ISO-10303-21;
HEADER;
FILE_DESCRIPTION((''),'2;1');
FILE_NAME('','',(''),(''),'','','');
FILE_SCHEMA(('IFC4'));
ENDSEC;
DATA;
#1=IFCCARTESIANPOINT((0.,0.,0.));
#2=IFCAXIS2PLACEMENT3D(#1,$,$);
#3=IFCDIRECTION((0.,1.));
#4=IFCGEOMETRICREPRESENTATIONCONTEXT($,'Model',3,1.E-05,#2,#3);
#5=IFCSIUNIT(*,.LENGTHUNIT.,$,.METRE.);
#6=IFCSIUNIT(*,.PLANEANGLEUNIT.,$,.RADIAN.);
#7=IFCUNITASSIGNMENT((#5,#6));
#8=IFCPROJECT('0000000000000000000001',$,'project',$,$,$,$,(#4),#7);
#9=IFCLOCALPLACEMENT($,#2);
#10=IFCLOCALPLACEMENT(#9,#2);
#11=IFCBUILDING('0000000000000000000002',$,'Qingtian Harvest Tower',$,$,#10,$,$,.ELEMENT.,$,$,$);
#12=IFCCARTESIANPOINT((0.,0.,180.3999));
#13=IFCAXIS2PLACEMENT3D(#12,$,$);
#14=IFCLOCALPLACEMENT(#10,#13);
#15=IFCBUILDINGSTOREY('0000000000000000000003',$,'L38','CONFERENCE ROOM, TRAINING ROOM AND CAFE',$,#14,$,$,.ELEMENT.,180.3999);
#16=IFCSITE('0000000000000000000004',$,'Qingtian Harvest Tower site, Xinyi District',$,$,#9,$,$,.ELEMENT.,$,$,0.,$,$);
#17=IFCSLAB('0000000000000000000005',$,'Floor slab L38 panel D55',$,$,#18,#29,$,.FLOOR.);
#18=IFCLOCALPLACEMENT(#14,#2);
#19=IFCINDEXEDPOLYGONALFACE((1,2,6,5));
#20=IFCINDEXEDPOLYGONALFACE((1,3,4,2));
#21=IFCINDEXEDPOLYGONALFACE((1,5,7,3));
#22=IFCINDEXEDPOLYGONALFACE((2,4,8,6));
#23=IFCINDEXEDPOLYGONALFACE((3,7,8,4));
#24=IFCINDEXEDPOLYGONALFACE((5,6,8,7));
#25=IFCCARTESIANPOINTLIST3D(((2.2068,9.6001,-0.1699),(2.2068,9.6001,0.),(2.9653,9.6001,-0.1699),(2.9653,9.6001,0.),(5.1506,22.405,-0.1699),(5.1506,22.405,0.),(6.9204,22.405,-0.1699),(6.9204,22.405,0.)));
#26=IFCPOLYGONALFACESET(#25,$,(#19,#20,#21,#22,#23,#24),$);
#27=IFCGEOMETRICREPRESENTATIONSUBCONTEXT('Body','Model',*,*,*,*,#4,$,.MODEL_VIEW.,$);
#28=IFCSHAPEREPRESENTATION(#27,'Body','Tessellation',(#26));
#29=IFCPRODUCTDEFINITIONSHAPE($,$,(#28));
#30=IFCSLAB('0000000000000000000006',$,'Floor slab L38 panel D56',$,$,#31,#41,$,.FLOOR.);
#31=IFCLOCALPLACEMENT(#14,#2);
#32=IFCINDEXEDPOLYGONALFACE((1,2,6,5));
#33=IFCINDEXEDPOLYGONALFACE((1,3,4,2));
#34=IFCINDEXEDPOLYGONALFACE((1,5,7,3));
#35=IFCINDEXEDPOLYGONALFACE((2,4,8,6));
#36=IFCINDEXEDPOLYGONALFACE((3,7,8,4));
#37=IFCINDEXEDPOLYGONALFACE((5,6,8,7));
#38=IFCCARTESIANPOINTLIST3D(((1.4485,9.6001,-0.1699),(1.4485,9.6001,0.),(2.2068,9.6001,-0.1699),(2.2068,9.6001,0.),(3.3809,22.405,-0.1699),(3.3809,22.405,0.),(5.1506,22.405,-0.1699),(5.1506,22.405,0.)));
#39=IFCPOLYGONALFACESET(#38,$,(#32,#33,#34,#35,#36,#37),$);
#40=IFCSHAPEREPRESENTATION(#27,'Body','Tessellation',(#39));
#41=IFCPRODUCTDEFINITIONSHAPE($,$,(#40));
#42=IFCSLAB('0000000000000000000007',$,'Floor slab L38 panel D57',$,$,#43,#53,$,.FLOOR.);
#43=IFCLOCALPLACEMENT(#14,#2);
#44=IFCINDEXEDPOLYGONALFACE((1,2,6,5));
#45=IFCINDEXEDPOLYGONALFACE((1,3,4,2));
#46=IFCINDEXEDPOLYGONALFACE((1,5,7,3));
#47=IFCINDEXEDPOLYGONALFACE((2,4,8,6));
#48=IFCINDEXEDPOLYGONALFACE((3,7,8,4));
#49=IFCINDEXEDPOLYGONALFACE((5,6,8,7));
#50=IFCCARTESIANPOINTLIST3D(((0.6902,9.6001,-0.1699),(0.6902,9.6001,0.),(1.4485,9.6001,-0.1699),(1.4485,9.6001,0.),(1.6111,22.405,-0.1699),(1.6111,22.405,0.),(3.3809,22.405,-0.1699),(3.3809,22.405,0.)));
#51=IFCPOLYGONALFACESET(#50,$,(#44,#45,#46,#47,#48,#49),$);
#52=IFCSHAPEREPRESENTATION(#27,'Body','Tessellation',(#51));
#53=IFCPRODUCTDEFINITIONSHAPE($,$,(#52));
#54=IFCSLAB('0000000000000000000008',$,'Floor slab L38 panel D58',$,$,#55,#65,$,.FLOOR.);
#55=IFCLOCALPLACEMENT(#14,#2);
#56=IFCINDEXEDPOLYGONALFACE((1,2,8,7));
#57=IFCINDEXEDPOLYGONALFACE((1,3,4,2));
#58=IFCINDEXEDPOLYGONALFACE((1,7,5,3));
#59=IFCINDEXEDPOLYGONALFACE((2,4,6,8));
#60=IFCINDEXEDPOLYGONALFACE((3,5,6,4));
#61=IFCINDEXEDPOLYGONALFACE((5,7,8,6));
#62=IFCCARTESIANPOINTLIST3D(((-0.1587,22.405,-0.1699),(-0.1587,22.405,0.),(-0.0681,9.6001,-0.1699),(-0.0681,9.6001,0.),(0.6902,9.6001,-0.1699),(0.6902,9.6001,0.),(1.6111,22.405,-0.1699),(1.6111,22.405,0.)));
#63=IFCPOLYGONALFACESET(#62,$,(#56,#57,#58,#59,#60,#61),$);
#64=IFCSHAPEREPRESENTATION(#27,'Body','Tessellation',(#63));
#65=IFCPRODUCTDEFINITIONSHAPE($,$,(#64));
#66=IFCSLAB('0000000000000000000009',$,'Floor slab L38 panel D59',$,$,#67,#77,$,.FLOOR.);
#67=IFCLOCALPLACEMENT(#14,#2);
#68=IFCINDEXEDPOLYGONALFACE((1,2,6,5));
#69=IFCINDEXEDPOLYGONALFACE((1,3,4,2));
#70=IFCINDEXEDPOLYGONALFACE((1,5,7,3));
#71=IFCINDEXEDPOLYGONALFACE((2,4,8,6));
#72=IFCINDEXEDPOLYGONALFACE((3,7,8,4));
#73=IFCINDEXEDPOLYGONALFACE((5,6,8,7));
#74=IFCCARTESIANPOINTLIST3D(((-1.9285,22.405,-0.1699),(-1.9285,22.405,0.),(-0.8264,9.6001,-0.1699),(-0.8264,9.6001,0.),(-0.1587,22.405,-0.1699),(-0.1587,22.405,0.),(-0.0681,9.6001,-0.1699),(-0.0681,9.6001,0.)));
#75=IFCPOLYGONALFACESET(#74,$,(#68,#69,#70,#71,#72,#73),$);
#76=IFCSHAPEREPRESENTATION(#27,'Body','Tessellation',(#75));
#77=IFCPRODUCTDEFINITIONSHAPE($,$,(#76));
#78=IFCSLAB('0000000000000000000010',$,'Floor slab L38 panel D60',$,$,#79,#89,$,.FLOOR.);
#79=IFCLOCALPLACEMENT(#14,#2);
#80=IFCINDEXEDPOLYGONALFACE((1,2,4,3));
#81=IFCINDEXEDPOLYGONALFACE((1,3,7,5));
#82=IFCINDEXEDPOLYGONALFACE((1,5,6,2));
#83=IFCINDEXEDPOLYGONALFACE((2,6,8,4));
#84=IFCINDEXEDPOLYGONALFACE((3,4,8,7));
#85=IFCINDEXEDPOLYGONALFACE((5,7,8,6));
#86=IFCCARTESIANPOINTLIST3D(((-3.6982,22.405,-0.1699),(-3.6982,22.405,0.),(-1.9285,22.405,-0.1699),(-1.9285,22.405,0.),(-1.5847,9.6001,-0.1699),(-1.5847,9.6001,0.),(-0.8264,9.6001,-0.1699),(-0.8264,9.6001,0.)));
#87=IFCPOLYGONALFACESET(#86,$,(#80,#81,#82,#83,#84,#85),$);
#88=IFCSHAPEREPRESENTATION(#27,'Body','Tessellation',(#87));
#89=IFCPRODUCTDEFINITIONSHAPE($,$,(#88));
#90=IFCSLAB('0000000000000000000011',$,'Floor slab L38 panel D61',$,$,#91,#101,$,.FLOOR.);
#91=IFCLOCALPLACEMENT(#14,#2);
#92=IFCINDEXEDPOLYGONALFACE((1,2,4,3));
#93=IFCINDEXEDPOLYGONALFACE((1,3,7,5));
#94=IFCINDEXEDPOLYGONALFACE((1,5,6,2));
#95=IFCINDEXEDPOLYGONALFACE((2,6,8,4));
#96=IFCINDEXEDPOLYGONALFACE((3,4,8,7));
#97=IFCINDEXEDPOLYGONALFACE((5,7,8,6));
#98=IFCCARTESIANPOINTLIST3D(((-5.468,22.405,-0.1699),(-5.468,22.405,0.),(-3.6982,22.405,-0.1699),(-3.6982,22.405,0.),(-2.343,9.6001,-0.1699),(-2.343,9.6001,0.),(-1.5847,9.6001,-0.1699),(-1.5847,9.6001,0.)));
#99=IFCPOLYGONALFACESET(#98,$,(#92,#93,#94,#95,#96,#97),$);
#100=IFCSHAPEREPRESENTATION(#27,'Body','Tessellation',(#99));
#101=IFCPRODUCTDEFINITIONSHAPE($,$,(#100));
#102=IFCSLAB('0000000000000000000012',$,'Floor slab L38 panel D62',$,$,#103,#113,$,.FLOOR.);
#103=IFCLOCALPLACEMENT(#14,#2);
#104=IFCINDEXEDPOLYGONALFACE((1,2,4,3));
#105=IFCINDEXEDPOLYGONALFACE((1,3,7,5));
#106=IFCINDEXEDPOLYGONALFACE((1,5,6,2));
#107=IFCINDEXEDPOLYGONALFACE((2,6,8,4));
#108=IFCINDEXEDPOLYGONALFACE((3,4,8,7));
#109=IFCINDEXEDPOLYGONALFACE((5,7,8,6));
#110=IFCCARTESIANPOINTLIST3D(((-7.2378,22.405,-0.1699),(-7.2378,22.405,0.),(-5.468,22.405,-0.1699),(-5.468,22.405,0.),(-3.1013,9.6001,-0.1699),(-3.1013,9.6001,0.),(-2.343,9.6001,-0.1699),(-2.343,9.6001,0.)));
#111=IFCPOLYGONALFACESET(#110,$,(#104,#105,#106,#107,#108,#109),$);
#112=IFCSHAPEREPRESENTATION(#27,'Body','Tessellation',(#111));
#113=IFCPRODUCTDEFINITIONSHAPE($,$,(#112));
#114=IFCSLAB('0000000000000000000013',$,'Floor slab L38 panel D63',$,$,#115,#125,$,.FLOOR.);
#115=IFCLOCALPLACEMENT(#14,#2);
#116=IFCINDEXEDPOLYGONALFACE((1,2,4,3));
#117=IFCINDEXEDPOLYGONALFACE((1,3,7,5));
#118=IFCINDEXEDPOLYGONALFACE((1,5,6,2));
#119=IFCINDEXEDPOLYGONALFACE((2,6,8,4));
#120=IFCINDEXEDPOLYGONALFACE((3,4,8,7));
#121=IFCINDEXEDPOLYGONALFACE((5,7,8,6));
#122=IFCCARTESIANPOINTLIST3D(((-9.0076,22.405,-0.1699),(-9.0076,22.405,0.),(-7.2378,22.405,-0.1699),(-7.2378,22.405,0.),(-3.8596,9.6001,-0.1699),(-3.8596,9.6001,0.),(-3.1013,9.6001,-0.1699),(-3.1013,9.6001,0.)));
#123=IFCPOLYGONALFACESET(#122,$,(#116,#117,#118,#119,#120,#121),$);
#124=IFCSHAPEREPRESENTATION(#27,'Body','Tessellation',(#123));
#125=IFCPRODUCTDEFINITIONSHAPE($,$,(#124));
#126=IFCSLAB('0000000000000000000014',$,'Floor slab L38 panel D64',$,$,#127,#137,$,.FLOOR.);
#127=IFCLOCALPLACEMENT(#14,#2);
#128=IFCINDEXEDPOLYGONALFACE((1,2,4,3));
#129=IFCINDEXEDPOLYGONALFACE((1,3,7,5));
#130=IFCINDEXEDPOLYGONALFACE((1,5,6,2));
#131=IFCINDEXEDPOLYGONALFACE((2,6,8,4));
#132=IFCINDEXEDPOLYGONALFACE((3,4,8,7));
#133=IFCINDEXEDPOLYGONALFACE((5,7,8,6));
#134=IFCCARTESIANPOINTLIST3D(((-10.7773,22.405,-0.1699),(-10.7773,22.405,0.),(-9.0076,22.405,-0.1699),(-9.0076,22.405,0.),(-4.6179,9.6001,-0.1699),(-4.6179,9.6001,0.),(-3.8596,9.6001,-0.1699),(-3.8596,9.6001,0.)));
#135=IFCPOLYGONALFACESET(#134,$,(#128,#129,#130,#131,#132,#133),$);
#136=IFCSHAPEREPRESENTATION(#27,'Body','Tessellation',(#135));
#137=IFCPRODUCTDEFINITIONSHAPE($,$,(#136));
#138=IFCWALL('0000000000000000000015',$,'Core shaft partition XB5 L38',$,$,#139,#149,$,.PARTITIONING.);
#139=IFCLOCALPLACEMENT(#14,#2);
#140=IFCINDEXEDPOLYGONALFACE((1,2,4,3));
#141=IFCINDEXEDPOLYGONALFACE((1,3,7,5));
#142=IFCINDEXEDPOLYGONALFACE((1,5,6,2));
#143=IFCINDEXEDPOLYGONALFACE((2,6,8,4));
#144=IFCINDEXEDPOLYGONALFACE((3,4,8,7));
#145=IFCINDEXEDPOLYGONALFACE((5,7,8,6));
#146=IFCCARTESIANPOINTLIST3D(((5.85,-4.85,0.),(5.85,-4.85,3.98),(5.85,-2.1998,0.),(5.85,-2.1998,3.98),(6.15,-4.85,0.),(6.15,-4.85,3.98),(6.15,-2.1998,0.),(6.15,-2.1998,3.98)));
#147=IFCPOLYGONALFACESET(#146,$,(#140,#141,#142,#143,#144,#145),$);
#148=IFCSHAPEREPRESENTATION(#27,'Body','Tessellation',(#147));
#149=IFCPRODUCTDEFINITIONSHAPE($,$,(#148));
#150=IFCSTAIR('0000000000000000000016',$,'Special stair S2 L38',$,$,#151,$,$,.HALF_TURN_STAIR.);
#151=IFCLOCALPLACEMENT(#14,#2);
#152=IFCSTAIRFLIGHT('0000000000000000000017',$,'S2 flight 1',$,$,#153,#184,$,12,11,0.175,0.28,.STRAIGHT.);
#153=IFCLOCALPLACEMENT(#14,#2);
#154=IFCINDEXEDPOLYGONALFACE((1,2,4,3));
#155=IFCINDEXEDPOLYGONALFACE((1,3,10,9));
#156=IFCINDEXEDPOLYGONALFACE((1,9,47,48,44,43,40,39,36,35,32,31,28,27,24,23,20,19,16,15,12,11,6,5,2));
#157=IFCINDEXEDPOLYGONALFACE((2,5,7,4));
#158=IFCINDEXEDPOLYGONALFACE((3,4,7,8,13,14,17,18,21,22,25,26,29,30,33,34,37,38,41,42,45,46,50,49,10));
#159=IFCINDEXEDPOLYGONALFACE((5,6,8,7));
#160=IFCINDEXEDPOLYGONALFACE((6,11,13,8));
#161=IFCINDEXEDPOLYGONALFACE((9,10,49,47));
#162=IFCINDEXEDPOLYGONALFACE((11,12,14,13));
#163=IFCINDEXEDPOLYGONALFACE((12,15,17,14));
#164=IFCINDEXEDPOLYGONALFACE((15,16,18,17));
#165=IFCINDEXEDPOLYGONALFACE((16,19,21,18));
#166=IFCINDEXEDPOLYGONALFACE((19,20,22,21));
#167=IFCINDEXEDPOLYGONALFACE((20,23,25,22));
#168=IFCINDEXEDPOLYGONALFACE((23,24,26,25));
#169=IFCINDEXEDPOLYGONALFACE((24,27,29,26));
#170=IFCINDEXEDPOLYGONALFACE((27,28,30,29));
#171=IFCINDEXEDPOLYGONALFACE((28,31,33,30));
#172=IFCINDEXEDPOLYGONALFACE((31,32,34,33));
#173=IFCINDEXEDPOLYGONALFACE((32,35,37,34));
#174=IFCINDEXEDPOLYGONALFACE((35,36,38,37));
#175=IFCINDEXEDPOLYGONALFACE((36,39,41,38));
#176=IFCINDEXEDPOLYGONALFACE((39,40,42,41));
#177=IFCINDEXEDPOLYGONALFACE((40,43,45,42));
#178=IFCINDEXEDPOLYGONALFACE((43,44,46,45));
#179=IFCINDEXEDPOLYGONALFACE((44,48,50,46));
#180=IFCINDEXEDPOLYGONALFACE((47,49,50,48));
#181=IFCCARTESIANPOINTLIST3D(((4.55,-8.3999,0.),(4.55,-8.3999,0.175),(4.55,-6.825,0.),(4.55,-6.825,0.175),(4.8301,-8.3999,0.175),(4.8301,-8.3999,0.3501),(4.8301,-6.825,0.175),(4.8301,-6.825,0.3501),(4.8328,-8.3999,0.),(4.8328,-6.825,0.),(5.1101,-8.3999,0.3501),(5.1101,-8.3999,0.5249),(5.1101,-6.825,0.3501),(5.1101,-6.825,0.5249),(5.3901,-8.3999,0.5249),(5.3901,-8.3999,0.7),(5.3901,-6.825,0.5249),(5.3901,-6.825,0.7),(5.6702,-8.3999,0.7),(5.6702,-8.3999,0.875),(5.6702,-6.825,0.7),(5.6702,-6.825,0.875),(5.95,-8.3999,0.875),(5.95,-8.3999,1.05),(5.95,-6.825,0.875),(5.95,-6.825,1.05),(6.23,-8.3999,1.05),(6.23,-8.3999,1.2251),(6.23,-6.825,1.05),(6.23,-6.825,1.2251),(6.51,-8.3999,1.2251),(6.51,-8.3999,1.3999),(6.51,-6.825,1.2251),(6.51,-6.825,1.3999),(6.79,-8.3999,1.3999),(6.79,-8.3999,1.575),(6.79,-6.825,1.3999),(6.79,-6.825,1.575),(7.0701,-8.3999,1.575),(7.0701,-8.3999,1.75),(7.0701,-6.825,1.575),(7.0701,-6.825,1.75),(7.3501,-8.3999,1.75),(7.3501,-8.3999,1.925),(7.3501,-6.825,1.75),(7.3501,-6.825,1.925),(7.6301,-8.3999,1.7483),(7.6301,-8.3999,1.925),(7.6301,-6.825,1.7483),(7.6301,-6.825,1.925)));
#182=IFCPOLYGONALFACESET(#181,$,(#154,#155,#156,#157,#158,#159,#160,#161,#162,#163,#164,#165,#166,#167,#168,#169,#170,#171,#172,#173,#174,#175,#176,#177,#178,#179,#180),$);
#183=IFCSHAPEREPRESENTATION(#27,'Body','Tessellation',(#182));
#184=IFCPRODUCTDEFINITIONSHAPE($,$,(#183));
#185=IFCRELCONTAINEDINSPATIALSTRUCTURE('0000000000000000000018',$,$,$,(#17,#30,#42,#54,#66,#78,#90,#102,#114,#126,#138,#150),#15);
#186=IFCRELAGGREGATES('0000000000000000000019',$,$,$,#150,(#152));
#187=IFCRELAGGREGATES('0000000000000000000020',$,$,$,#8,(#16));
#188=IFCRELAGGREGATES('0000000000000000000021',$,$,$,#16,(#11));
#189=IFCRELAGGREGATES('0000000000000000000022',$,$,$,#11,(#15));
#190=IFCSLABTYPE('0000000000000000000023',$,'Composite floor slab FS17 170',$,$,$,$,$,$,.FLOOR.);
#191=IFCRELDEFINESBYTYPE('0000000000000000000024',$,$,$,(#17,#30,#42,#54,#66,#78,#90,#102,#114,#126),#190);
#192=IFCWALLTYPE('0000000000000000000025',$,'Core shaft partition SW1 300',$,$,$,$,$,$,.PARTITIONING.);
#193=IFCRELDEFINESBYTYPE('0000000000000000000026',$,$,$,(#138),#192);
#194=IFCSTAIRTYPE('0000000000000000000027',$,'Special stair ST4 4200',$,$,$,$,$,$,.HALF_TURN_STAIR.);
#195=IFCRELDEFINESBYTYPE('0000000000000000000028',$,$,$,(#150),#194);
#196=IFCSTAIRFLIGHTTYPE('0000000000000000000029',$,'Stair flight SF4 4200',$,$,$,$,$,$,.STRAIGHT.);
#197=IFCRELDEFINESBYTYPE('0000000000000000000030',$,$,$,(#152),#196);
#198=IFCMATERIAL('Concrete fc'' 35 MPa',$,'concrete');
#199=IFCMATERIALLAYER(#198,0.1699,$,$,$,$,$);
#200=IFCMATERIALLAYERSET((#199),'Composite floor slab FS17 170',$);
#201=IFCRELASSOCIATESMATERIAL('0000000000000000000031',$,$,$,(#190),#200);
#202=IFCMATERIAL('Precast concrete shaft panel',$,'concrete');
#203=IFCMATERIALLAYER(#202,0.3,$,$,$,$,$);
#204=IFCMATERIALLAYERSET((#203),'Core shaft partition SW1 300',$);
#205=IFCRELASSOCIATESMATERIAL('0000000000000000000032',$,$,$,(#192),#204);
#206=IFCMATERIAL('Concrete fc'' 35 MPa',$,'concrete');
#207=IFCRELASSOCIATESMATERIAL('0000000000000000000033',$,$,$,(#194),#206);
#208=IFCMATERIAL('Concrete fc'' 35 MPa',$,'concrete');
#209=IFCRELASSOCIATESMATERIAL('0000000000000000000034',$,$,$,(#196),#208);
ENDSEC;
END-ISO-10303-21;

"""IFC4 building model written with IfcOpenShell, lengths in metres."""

from ifc_helpers import new_model, si_unit, direction, frame, frame_2d, origin, place, context, subcontext, project, spatial, polyline, rectangle, outline, extrude, material, layer, layer_set, type_object, element, aggregate, save


model = new_model("IFC4")

# Units and contexts
model_context = context("Model", 3, precision=1e-05, world=origin(), true_north=direction((0.0, 1.0)))
body_context = subcontext(model_context, "Body", "Model", "MODEL_VIEW")
ifc_project = project(units=[si_unit("LENGTHUNIT", "METRE"), si_unit("PLANEANGLEUNIT", "RADIAN")], contexts=[model_context])

# Site, building, storey
site_placement = place(None, origin())
site = spatial("IfcSite", under=ifc_project, at=site_placement, Name="Qingtian Harvest Tower site, Xinyi District", CompositionType="ELEMENT", RefElevation=0.0)
building_placement = place(site_placement, origin())
building = spatial("IfcBuilding", under=site, at=building_placement, Name="Qingtian Harvest Tower", CompositionType="ELEMENT")
storey_placement = place(building_placement, frame((0.0, 0.0, 180.3999)))
storey = spatial("IfcBuildingStorey", under=building, at=storey_placement, Name="L38", Description="CONFERENCE ROOM, TRAINING ROOM AND CAFE", CompositionType="ELEMENT", Elevation=180.3999)

# Slabs
ifc_material_1 = material(Name="Concrete fc' 35 MPa", Category="concrete")
ifc_layer_1 = layer(ifc_material_1, 0.1699)
ifc_layer_set_1 = layer_set([ifc_layer_1], Name="Composite floor slab FS17 170")
slab_type = type_object("IfcSlabType", Name="Composite floor slab FS17 170", PredefinedType="FLOOR", material=ifc_layer_set_1)
slab_1_placement = place(storey_placement, frame((0.0, 0.0, -0.1699)))
element("IfcSlab", 1, at=slab_1_placement, inside=storey, type_object=slab_type, Name="Floor slab L38 panel D55", PredefinedType="FLOOR", context=body_context, shape_type="SweptSolid", body=[
    extrude(outline(polyline([(2.2068, 9.6001), (5.1506, 22.405), (6.9204, 22.405), (2.9653, 9.6001), (2.2068, 9.6001)])), origin(), (0.0, 0.0, 1.0), 0.1699),
])
slab_2_placement = place(storey_placement, frame((0.0, 0.0, -0.1699)))
element("IfcSlab", 2, at=slab_2_placement, inside=storey, type_object=slab_type, Name="Floor slab L38 panel D56", PredefinedType="FLOOR", context=body_context, shape_type="SweptSolid", body=[
    extrude(outline(polyline([(1.4485, 9.6001), (3.3809, 22.405), (5.1506, 22.405), (2.2068, 9.6001), (1.4485, 9.6001)])), origin(), (0.0, 0.0, 1.0), 0.1699),
])
slab_3_placement = place(storey_placement, frame((0.0, 0.0, -0.1699)))
element("IfcSlab", 3, at=slab_3_placement, inside=storey, type_object=slab_type, Name="Floor slab L38 panel D57", PredefinedType="FLOOR", context=body_context, shape_type="SweptSolid", body=[
    extrude(outline(polyline([(0.6902, 9.6001), (1.6111, 22.405), (3.3809, 22.405), (1.4485, 9.6001), (0.6902, 9.6001)])), origin(), (0.0, 0.0, 1.0), 0.1699),
])
slab_4_placement = place(storey_placement, frame((0.0, 0.0, -0.1699)))
element("IfcSlab", 4, at=slab_4_placement, inside=storey, type_object=slab_type, Name="Floor slab L38 panel D58", PredefinedType="FLOOR", context=body_context, shape_type="SweptSolid", body=[
    extrude(outline(polyline([(-0.0681, 9.6001), (-0.1587, 22.405), (1.6111, 22.405), (0.6902, 9.6001), (-0.0681, 9.6001)])), origin(), (0.0, 0.0, 1.0), 0.1699),
])
slab_5_placement = place(storey_placement, frame((0.0, 0.0, -0.1699)))
element("IfcSlab", 5, at=slab_5_placement, inside=storey, type_object=slab_type, Name="Floor slab L38 panel D59", PredefinedType="FLOOR", context=body_context, shape_type="SweptSolid", body=[
    extrude(outline(polyline([(-0.8264, 9.6001), (-1.9285, 22.405), (-0.1587, 22.405), (-0.0681, 9.6001), (-0.8264, 9.6001)])), origin(), (0.0, 0.0, 1.0), 0.1699),
])
slab_6_placement = place(storey_placement, frame((0.0, 0.0, -0.1699)))
element("IfcSlab", 6, at=slab_6_placement, inside=storey, type_object=slab_type, Name="Floor slab L38 panel D60", PredefinedType="FLOOR", context=body_context, shape_type="SweptSolid", body=[
    extrude(outline(polyline([(-1.5847, 9.6001), (-3.6982, 22.405), (-1.9285, 22.405), (-0.8264, 9.6001), (-1.5847, 9.6001)])), origin(), (0.0, 0.0, 1.0), 0.1699),
])
slab_7_placement = place(storey_placement, frame((0.0, 0.0, -0.1699)))
element("IfcSlab", 7, at=slab_7_placement, inside=storey, type_object=slab_type, Name="Floor slab L38 panel D61", PredefinedType="FLOOR", context=body_context, shape_type="SweptSolid", body=[
    extrude(outline(polyline([(-2.343, 9.6001), (-5.468, 22.405), (-3.6982, 22.405), (-1.5847, 9.6001), (-2.343, 9.6001)])), origin(), (0.0, 0.0, 1.0), 0.1699),
])
slab_8_placement = place(storey_placement, frame((0.0, 0.0, -0.1699)))
element("IfcSlab", 8, at=slab_8_placement, inside=storey, type_object=slab_type, Name="Floor slab L38 panel D62", PredefinedType="FLOOR", context=body_context, shape_type="SweptSolid", body=[
    extrude(outline(polyline([(-3.1013, 9.6001), (-7.2378, 22.405), (-5.468, 22.405), (-2.343, 9.6001), (-3.1013, 9.6001)])), origin(), (0.0, 0.0, 1.0), 0.1699),
])
slab_9_placement = place(storey_placement, frame((0.0, 0.0, -0.1699)))
element("IfcSlab", 9, at=slab_9_placement, inside=storey, type_object=slab_type, Name="Floor slab L38 panel D63", PredefinedType="FLOOR", context=body_context, shape_type="SweptSolid", body=[
    extrude(outline(polyline([(-3.8596, 9.6001), (-9.0076, 22.405), (-7.2378, 22.405), (-3.1013, 9.6001), (-3.8596, 9.6001)])), origin(), (0.0, 0.0, 1.0), 0.1699),
])
slab_10_placement = place(storey_placement, frame((0.0, 0.0, -0.1699)))
element("IfcSlab", 10, at=slab_10_placement, inside=storey, type_object=slab_type, Name="Floor slab L38 panel D64", PredefinedType="FLOOR", context=body_context, shape_type="SweptSolid", body=[
    extrude(outline(polyline([(-4.6179, 9.6001), (-10.7773, 22.405), (-9.0076, 22.405), (-3.8596, 9.6001), (-4.6179, 9.6001)])), origin(), (0.0, 0.0, 1.0), 0.1699),
])

# Wall
ifc_material_2 = material(Name="Precast concrete shaft panel", Category="concrete")
ifc_layer_2 = layer(ifc_material_2, 0.3)
ifc_layer_set_2 = layer_set([ifc_layer_2], Name="Core shaft partition SW1 300")
wall_type = type_object("IfcWallType", Name="Core shaft partition SW1 300", PredefinedType="PARTITIONING", material=ifc_layer_set_2)
wall_placement = place(storey_placement, frame((6.0, -4.8501, 0.0), z_axis=(0.0, 0.0, 1.0), x_axis=(0.0, 1.0, 0.0)))
element("IfcWall", 11, at=wall_placement, inside=storey, type_object=wall_type, Name="Core shaft partition XB5 L38", PredefinedType="PARTITIONING", context=body_context, shape_type="SweptSolid", body=[
    extrude(rectangle(XDim=2.6501, YDim=0.3, at=frame_2d((1.3252, 0.0))), origin(), (0.0, 0.0, 1.0), 3.98),
])

# Stair, stair flight
ifc_material_3 = material(Name="Concrete fc' 35 MPa", Category="concrete")
stair_type = type_object("IfcStairType", Name="Special stair ST4 4200", PredefinedType="HALF_TURN_STAIR", material=ifc_material_3)
stair_placement = place(storey_placement, origin())
stair = element("IfcStair", 12, at=stair_placement, inside=storey, type_object=stair_type, Name="Special stair S2 L38", PredefinedType="HALF_TURN_STAIR")
ifc_material_4 = material(Name="Concrete fc' 35 MPa", Category="concrete")
stair_flight_type = type_object("IfcStairFlightType", Name="Stair flight SF4 4200", PredefinedType="STRAIGHT", material=ifc_material_4)
stair_flight_1_placement = place(storey_placement, frame((4.55, -7.6125, 0.0), z_axis=(0.0, 0.0, 1.0), x_axis=(1.0, 0.0, 0.0)))
stair_flight_1 = element("IfcStairFlight", 13, at=stair_flight_1_placement, type_object=stair_flight_type, Name="S2 flight 1", NumberOfRisers=12, NumberOfTreads=11, PredefinedType="STRAIGHT", RiserHeight=0.175, TreadLength=0.28, context=body_context, shape_type="SweptSolid", body=[
    extrude(outline(polyline([(0.0, 0.0), (0.0, 0.175), (0.28, 0.175), (0.28, 0.3501), (0.5601, 0.3501), (0.5601, 0.5249), (0.8401, 0.5249), (0.8401, 0.7), (1.1201, 0.7), (1.1201, 0.875), (1.3999, 0.875), (1.3999, 1.05), (1.6799, 1.05), (1.6799, 1.2251), (1.96, 1.2251), (1.96, 1.3999), (2.24, 1.3999), (2.24, 1.575), (2.52, 1.575), (2.52, 1.75), (2.8, 1.75), (2.8, 1.925), (3.0801, 1.925), (3.0801, 2.1001), (3.0801, 1.7483), (0.2827, 0.0), (0.0, 0.0)])), frame((0.0, 0.7876, 0.0), z_axis=(0.0, -1.0, 0.0), x_axis=(1.0, 0.0, 0.0)), (0.0, 0.0, 1.0), 1.575),
])
aggregate(stair, [stair_flight_1])

save(model, "model.ifc")
